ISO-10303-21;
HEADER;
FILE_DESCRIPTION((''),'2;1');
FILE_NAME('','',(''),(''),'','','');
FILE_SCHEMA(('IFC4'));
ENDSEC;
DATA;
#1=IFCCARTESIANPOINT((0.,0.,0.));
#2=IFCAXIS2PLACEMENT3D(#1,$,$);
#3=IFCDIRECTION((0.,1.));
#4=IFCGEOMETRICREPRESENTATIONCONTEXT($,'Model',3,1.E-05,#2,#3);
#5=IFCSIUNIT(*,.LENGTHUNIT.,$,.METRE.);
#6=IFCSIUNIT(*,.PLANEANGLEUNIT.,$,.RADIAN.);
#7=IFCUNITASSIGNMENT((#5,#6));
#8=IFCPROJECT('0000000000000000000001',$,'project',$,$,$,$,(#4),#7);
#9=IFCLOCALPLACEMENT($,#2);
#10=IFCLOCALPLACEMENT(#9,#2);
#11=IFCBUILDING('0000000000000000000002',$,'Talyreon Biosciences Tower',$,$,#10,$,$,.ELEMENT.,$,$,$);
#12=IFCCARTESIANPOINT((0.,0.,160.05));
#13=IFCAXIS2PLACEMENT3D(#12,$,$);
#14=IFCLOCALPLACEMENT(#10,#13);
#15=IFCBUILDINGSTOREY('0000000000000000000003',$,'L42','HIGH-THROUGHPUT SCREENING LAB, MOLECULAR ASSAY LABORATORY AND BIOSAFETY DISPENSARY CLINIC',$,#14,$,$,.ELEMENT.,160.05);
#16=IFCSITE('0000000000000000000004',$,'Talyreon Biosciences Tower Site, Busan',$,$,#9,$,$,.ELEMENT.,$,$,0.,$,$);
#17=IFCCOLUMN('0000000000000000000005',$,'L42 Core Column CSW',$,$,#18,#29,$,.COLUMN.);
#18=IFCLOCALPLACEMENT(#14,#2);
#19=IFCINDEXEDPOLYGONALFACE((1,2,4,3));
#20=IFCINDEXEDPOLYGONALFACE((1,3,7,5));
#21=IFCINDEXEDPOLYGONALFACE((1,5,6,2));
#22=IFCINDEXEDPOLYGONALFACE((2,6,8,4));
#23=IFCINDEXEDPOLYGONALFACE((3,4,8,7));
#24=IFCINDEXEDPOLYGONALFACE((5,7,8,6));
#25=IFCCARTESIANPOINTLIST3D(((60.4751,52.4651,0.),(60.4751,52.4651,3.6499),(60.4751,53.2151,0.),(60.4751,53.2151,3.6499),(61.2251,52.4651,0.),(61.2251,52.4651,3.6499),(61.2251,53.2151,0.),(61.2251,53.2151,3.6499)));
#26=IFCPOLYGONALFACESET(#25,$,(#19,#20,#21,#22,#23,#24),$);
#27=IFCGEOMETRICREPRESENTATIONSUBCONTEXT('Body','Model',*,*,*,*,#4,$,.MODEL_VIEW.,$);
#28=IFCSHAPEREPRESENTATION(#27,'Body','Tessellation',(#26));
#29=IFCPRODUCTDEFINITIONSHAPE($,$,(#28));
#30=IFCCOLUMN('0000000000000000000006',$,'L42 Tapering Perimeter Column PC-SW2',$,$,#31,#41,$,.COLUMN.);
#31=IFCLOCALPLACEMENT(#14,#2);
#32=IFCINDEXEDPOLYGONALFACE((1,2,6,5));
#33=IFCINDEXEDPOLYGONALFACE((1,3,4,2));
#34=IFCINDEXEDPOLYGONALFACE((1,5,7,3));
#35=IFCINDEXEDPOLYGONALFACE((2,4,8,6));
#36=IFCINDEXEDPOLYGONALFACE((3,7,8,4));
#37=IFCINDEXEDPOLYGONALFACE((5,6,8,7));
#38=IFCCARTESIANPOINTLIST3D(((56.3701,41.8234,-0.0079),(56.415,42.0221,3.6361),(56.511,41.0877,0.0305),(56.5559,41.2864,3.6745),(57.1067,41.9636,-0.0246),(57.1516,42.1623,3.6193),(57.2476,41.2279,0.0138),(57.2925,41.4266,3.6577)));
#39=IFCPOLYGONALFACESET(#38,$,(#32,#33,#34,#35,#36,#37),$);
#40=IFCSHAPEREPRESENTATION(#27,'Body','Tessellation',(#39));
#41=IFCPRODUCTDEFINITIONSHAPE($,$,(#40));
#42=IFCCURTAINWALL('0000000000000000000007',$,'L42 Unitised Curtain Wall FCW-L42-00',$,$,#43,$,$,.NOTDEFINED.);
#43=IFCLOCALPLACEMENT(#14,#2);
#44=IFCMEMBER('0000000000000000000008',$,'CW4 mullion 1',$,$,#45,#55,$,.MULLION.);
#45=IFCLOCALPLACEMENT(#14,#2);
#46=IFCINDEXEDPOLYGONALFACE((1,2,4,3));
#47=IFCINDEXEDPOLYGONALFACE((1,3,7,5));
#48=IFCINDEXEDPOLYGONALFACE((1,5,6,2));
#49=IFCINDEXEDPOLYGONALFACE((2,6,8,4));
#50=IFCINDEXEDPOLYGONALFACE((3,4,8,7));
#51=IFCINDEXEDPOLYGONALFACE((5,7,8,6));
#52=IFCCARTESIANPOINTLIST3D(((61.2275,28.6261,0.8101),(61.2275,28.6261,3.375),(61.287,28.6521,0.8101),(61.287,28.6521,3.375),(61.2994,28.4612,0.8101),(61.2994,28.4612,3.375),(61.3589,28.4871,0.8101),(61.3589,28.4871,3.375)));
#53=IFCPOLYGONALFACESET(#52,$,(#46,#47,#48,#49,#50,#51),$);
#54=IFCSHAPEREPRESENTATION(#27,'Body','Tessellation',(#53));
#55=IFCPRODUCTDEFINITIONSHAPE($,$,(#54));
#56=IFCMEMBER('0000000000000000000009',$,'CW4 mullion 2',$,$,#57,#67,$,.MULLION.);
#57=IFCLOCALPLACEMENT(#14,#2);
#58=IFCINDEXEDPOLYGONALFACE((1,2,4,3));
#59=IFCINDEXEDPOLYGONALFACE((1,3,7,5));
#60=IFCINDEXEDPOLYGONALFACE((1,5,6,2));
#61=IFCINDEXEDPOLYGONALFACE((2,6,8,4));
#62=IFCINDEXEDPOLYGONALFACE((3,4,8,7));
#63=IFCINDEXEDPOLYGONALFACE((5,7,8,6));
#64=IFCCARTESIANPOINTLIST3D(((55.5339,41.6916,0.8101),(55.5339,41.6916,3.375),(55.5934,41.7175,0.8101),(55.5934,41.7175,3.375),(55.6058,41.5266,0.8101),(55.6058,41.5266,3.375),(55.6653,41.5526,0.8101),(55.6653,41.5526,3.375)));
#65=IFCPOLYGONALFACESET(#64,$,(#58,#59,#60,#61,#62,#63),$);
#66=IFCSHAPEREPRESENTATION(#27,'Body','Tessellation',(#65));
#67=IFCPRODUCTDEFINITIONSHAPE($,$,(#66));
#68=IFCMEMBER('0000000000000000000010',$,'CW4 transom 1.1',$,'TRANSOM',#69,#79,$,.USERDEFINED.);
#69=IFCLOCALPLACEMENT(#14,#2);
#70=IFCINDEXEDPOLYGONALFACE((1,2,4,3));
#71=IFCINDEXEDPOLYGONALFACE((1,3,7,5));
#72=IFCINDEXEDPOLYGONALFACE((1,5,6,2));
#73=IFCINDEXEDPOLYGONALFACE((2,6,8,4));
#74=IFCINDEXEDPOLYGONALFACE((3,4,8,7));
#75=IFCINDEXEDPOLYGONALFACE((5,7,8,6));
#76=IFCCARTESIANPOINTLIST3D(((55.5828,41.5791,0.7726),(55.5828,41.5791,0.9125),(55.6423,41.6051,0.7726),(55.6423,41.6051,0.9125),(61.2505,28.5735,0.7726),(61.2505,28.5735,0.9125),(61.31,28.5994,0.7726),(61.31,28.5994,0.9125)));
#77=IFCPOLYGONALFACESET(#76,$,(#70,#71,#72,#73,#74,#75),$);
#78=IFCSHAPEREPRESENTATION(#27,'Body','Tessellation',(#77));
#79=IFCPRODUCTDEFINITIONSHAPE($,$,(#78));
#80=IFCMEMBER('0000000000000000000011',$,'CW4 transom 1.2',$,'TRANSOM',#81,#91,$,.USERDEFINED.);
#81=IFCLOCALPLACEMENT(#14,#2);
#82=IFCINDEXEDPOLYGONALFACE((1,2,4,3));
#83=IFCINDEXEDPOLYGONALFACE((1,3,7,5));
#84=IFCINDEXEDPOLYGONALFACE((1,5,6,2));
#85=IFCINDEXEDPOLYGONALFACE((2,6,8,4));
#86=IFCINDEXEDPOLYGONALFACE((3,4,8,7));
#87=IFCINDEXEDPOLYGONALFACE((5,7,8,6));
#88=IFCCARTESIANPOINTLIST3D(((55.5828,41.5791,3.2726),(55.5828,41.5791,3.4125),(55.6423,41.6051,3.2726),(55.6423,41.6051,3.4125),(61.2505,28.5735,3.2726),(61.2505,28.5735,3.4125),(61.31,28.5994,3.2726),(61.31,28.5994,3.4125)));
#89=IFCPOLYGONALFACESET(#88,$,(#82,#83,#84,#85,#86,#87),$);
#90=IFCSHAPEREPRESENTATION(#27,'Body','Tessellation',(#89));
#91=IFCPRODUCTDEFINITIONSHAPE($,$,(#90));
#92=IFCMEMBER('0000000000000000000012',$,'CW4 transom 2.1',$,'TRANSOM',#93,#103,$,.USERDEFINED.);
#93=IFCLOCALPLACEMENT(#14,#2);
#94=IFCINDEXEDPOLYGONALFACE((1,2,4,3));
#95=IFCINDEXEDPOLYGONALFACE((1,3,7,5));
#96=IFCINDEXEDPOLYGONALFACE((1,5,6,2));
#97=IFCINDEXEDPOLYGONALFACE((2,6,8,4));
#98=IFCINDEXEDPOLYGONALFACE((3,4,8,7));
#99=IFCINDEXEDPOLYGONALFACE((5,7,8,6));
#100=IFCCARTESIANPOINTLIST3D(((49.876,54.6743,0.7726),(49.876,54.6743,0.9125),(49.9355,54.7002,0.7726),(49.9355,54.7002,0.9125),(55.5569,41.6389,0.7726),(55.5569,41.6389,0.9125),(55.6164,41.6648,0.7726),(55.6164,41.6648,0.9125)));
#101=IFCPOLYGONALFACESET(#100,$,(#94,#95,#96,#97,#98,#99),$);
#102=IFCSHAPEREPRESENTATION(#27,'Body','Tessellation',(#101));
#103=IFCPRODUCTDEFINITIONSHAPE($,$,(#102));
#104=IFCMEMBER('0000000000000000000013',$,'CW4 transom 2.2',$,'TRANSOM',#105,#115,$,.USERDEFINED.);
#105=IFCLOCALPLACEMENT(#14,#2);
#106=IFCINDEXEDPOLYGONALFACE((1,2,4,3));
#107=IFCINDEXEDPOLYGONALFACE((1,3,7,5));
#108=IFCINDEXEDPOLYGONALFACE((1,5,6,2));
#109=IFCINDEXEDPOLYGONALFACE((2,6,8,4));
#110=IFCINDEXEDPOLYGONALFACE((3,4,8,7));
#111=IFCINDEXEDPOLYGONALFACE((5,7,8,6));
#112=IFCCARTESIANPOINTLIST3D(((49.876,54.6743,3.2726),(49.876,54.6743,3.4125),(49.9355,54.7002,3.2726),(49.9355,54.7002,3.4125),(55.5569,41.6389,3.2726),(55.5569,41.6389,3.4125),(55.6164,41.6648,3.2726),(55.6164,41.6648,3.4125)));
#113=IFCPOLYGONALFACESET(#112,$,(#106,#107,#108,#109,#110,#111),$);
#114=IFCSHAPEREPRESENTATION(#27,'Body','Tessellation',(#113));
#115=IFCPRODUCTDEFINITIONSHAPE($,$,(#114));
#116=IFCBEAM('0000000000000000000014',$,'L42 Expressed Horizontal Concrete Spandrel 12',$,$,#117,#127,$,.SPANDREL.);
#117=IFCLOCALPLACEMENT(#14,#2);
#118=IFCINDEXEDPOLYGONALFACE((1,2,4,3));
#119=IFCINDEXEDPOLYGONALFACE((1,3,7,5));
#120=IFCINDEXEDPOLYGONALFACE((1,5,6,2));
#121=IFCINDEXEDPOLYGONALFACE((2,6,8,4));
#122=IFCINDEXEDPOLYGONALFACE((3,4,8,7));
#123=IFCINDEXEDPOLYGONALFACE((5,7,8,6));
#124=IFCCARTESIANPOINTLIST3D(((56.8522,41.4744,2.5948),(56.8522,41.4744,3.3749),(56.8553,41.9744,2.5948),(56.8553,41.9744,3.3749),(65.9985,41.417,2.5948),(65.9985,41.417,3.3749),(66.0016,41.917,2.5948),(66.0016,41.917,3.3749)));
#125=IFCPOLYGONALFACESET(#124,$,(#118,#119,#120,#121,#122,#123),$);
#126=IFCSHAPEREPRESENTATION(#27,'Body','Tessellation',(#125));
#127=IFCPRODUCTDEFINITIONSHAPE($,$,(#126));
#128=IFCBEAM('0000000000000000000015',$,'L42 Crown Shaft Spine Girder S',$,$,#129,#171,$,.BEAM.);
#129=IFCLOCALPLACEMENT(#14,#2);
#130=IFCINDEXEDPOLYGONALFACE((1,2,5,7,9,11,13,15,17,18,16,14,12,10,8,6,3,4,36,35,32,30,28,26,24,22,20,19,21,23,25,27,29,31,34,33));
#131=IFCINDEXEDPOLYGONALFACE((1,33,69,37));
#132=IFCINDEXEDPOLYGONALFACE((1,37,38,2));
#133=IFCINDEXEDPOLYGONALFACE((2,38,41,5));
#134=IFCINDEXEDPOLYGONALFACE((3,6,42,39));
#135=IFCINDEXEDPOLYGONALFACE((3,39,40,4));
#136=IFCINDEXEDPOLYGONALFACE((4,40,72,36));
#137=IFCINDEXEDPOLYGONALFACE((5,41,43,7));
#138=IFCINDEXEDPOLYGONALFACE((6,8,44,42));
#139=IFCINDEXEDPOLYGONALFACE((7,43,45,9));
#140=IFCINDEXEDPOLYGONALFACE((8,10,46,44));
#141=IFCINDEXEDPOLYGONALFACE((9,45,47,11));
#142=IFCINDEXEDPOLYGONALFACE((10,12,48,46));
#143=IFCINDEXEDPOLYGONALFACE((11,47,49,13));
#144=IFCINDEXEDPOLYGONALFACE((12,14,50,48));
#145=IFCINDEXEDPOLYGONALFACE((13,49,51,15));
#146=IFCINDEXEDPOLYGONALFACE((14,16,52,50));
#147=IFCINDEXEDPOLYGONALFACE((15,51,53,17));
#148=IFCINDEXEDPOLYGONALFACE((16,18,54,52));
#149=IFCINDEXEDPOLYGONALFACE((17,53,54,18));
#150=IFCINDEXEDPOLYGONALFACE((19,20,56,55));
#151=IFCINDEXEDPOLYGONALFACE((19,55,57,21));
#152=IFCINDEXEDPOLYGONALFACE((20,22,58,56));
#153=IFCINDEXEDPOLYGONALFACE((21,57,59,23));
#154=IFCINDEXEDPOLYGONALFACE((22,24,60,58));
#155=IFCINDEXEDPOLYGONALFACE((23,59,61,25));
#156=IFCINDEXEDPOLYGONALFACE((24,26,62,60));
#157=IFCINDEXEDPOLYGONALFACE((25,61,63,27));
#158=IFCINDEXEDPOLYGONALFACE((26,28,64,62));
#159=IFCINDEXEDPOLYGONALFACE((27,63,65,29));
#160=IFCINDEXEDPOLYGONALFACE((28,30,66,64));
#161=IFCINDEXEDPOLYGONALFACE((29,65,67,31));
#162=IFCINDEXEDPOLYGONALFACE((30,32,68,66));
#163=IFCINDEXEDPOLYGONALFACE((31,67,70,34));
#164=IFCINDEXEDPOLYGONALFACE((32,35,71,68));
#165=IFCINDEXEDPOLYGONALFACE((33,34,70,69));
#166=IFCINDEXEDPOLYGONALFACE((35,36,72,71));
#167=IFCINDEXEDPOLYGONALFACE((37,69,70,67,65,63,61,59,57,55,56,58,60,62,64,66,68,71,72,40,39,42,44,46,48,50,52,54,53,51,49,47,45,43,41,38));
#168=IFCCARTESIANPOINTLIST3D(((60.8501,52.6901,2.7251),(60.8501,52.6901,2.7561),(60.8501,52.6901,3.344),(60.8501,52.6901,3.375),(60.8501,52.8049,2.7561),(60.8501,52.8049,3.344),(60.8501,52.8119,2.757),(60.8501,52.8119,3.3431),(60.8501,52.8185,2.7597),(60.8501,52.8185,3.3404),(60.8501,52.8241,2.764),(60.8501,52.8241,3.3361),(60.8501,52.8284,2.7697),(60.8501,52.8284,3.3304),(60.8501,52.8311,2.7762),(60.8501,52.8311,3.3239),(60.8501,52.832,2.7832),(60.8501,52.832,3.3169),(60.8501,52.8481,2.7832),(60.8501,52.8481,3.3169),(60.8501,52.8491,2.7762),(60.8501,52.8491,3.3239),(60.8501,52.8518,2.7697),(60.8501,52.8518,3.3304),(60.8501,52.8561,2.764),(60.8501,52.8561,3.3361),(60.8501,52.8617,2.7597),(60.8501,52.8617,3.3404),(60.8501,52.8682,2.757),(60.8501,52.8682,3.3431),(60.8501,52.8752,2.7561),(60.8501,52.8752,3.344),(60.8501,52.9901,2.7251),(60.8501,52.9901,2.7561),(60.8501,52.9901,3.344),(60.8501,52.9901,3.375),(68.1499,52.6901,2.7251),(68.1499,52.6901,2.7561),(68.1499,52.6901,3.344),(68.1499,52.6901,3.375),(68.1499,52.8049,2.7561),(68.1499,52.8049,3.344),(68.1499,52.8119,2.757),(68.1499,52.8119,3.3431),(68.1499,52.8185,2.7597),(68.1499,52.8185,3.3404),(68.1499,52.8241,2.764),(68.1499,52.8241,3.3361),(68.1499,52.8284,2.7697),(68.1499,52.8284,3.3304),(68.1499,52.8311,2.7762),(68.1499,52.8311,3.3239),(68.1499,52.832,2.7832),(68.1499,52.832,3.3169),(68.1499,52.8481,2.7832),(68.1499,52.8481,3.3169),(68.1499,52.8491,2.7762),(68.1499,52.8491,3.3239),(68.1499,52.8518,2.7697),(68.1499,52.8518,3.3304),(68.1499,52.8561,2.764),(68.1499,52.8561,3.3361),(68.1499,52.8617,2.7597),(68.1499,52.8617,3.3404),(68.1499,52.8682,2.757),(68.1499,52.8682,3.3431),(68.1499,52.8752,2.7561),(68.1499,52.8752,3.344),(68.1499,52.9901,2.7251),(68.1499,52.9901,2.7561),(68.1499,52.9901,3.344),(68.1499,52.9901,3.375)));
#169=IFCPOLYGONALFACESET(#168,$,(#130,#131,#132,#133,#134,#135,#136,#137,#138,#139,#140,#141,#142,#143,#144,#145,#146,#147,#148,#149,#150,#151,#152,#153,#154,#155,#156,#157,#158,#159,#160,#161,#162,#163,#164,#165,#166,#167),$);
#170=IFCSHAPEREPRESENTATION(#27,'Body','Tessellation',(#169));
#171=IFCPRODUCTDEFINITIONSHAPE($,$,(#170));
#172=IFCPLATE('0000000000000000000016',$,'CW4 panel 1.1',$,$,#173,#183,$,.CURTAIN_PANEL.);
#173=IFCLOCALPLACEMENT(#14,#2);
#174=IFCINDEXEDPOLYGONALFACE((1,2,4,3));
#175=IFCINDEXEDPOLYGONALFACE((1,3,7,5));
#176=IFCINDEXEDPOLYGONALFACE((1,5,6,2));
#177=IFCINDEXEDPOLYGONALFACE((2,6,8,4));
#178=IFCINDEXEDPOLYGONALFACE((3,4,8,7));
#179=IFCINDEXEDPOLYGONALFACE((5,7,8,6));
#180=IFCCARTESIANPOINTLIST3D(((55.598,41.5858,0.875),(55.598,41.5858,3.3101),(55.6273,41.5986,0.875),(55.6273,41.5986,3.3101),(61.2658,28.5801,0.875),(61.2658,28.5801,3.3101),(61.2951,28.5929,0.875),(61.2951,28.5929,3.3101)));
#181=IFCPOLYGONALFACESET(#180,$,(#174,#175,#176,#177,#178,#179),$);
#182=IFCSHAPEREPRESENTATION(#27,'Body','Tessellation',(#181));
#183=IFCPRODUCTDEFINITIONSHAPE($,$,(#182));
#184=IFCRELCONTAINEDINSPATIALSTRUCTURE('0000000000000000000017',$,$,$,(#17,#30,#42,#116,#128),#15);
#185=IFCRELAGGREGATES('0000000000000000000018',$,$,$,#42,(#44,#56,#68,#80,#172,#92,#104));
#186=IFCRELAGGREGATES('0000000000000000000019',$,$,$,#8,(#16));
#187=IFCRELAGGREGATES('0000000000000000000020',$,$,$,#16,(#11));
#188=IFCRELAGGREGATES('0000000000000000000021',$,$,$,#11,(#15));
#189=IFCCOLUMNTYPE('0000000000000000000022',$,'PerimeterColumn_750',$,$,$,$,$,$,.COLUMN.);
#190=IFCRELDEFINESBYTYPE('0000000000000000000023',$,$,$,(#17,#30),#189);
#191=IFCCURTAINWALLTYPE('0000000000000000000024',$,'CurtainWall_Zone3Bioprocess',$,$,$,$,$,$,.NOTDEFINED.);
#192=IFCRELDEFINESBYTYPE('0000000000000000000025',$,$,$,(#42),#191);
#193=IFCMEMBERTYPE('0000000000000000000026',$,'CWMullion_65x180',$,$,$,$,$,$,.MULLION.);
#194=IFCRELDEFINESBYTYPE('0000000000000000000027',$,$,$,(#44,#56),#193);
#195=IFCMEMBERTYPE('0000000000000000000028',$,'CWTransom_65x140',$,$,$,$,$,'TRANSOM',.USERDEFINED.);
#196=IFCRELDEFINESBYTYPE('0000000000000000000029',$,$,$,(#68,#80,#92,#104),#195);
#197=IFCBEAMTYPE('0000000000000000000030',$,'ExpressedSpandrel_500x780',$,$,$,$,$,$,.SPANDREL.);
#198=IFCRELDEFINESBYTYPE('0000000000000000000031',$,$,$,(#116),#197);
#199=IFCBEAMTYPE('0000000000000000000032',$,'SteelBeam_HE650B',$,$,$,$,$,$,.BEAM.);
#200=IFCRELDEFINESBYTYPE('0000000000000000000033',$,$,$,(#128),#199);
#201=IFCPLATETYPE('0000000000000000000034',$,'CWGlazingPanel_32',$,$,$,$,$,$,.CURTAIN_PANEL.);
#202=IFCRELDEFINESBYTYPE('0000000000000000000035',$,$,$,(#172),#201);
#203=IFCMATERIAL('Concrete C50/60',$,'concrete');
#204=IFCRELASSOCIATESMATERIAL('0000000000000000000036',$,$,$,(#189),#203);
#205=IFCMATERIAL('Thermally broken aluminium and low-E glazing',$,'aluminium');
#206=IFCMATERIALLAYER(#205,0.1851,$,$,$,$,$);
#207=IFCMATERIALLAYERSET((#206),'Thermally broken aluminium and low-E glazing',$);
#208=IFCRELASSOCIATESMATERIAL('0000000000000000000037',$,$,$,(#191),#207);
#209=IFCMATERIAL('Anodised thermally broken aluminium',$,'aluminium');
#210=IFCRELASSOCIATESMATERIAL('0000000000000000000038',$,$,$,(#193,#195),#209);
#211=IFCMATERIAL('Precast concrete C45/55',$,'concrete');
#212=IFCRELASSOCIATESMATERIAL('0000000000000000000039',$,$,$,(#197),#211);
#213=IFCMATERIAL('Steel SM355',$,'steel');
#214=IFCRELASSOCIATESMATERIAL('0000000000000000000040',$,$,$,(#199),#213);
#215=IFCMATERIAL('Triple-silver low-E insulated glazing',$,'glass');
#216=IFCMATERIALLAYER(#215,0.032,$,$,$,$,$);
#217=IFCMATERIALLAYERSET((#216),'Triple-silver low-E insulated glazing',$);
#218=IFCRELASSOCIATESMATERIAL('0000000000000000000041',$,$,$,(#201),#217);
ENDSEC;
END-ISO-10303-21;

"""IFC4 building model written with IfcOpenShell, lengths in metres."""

from ifc_helpers import new_model, si_unit, direction, frame, origin, origin_2d, place, context, subcontext, project, spatial, rectangle, i_section, extrude, material, layer, layer_set, material_profile, profile_set, type_object, element, aggregate, save


model = new_model("IFC4")

# Units and contexts
model_context = context("Model", 3, precision=1e-05, world=origin(), true_north=direction((0.0, 1.0)))
body_context = subcontext(model_context, "Body", "Model", "MODEL_VIEW")
ifc_project = project(units=[si_unit("LENGTHUNIT", "METRE"), si_unit("PLANEANGLEUNIT", "RADIAN")], contexts=[model_context])

# Site, building, storey
site_placement = place(None, origin())
site = spatial("IfcSite", under=ifc_project, at=site_placement, Name="Talyreon Biosciences Tower Site, Busan", CompositionType="ELEMENT", RefElevation=0.0)
building_placement = place(site_placement, origin())
building = spatial("IfcBuilding", under=site, at=building_placement, Name="Talyreon Biosciences Tower", CompositionType="ELEMENT")
storey_placement = place(building_placement, frame((0.0, 0.0, 160.05)))
storey = spatial("IfcBuildingStorey", under=building, at=storey_placement, Name="L42", Description="HIGH-THROUGHPUT SCREENING LAB, MOLECULAR ASSAY LABORATORY AND BIOSAFETY DISPENSARY CLINIC", CompositionType="ELEMENT", Elevation=160.05)

# Columns
ifc_material_1 = material(Name="Concrete C50/60", Category="concrete")
ifc_material_profile_1 = material_profile(ifc_material_1, rectangle(XDim=0.75, YDim=0.75, at=origin_2d()), Name="RC 750x750")
ifc_profile_set_1 = profile_set([ifc_material_profile_1], Name="Concrete C50/60")
column_type = type_object("IfcColumnType", Name="PerimeterColumn_750", PredefinedType="COLUMN", material=ifc_profile_set_1)
column_1_placement = place(storey_placement, frame((60.8501, 52.8401, 0.0), z_axis=(0.0, 0.0, 1.0), x_axis=(1.0, 0.0, 0.0)))
element("IfcColumn", 1, at=column_1_placement, inside=storey, type_object=column_type, Name="L42 Core Column CSW", PredefinedType="COLUMN", context=body_context, shape_type="SweptSolid", body=[
    extrude(rectangle(XDim=0.75, YDim=0.75, at=origin_2d()), origin(), (0.0, 0.0, 1.0), 3.6499),
])
column_2_placement = place(storey_placement, frame((56.8088, 41.5256, 0.0029), z_axis=(0.012308, 0.054451, 0.998441), x_axis=(-0.187862, 0.980861, -0.051176)))
element("IfcColumn", 2, at=column_2_placement, inside=storey, type_object=column_type, Name="L42 Tapering Perimeter Column PC-SW2", PredefinedType="COLUMN", context=body_context, shape_type="SweptSolid", body=[
    extrude(rectangle(XDim=0.75, YDim=0.75, at=origin_2d()), origin(), (0.0, 0.0, 1.0), 3.6497),
])

# Curtain wall, members
ifc_material_2 = material(Name="Thermally broken aluminium and low-E glazing", Category="aluminium")
ifc_layer_1 = layer(ifc_material_2, 0.1851)
ifc_layer_set_1 = layer_set([ifc_layer_1], Name="Thermally broken aluminium and low-E glazing")
curtain_wall_type = type_object("IfcCurtainWallType", Name="CurtainWall_Zone3Bioprocess", PredefinedType="NOTDEFINED", material=ifc_layer_set_1)
curtain_wall_placement = place(storey_placement, origin())
curtain_wall = element("IfcCurtainWall", 3, at=curtain_wall_placement, inside=storey, type_object=curtain_wall_type, Name="L42 Unitised Curtain Wall FCW-L42-00", PredefinedType="NOTDEFINED")
ifc_material_3 = material(Name="Anodised thermally broken aluminium", Category="aluminium")
ifc_material_profile_2 = material_profile(ifc_material_3, rectangle(XDim=0.0649, YDim=0.1799, at=origin_2d()), Name="ALUM MULLION 65x180")
ifc_profile_set_2 = profile_set([ifc_material_profile_2], Name="Anodised thermally broken aluminium")
member_type_1 = type_object("IfcMemberType", Name="CWMullion_65x180", PredefinedType="MULLION", material=ifc_profile_set_2)
member_1_placement = place(storey_placement, frame((61.2932, 28.5566, 0.8101), z_axis=(0.0, 0.0, 1.0), x_axis=(-0.916731, -0.399505, 0.0)))
member_1 = element("IfcMember", 4, at=member_1_placement, type_object=member_type_1, Name="CW4 mullion 1", PredefinedType="MULLION", context=body_context, shape_type="SweptSolid", body=[
    extrude(rectangle(XDim=0.0649, YDim=0.1799, at=origin_2d()), origin(), (0.0, 0.0, 1.0), 2.5649),
])
member_2_placement = place(storey_placement, frame((55.5996, 41.6221, 0.8101), z_axis=(0.0, 0.0, 1.0), x_axis=(-0.916731, -0.399505, 0.0)))
member_2 = element("IfcMember", 5, at=member_2_placement, type_object=member_type_1, Name="CW4 mullion 2", PredefinedType="MULLION", context=body_context, shape_type="SweptSolid", body=[
    extrude(rectangle(XDim=0.0649, YDim=0.1799, at=origin_2d()), origin(), (0.0, 0.0, 1.0), 2.5649),
])
ifc_material_profile_3 = material_profile(ifc_material_3, rectangle(XDim=0.0649, YDim=0.1399, at=origin_2d()), Name="ALUM TRANSOM 65x140")
ifc_profile_set_3 = profile_set([ifc_material_profile_3], Name="Anodised thermally broken aluminium")
member_type_2 = type_object("IfcMemberType", Name="CWTransom_65x140", ElementType="TRANSOM", PredefinedType="USERDEFINED", material=ifc_profile_set_3)
member_3_placement = place(storey_placement, frame((61.2803, 28.5864, 0.8425), z_axis=(-0.399503, 0.916732, 0.0), x_axis=(-0.916732, -0.399503, 0.0)))
member_3 = element("IfcMember", 6, at=member_3_placement, type_object=member_type_2, Name="CW4 transom 1.1", ObjectType="TRANSOM", PredefinedType="USERDEFINED", context=body_context, shape_type="SweptSolid", body=[
    extrude(rectangle(XDim=0.0649, YDim=0.1399, at=origin_2d()), origin(), (0.0, 0.0, 1.0), 14.187),
])
member_4_placement = place(storey_placement, frame((61.2803, 28.5864, 3.3425), z_axis=(-0.399503, 0.916732, 0.0), x_axis=(-0.916732, -0.399503, 0.0)))
member_4 = element("IfcMember", 7, at=member_4_placement, type_object=member_type_2, Name="CW4 transom 1.2", ObjectType="TRANSOM", PredefinedType="USERDEFINED", context=body_context, shape_type="SweptSolid", body=[
    extrude(rectangle(XDim=0.0649, YDim=0.1399, at=origin_2d()), origin(), (0.0, 0.0, 1.0), 14.187),
])
member_5_placement = place(storey_placement, frame((55.5867, 41.6519, 0.8425), z_axis=(-0.399515, 0.916727, 0.0), x_axis=(-0.916727, -0.399515, 0.0)))
member_5 = element("IfcMember", 8, at=member_5_placement, type_object=member_type_2, Name="CW4 transom 2.1", ObjectType="TRANSOM", PredefinedType="USERDEFINED", context=body_context, shape_type="SweptSolid", body=[
    extrude(rectangle(XDim=0.0649, YDim=0.1399, at=origin_2d()), origin(), (0.0, 0.0, 1.0), 14.2195),
])
member_6_placement = place(storey_placement, frame((55.5867, 41.6519, 3.3425), z_axis=(-0.399515, 0.916727, 0.0), x_axis=(-0.916727, -0.399515, 0.0)))
member_6 = element("IfcMember", 9, at=member_6_placement, type_object=member_type_2, Name="CW4 transom 2.2", ObjectType="TRANSOM", PredefinedType="USERDEFINED", context=body_context, shape_type="SweptSolid", body=[
    extrude(rectangle(XDim=0.0649, YDim=0.1399, at=origin_2d()), origin(), (0.0, 0.0, 1.0), 14.2195),
])

# Beams
ifc_material_4 = material(Name="Precast concrete C45/55", Category="concrete")
ifc_material_profile_4 = material_profile(ifc_material_4, rectangle(XDim=0.5, YDim=0.78, at=origin_2d()), Name="RCB 500x780")
ifc_profile_set_4 = profile_set([ifc_material_profile_4], Name="Precast concrete C45/55")
beam_type_1 = type_object("IfcBeamType", Name="ExpressedSpandrel_500x780", PredefinedType="SPANDREL", material=ifc_profile_set_4)
beam_1_placement = place(storey_placement, frame((56.8538, 41.7244, 2.9849), z_axis=(0.99998, -0.006273, 0.0), x_axis=(0.006273, 0.99998, 0.0)))
element("IfcBeam", 10, at=beam_1_placement, inside=storey, type_object=beam_type_1, Name="L42 Expressed Horizontal Concrete Spandrel 12", PredefinedType="SPANDREL", context=body_context, shape_type="SweptSolid", body=[
    extrude(rectangle(XDim=0.5, YDim=0.78, at=origin_2d()), origin(), (0.0, 0.0, 1.0), 9.1465),
])
ifc_material_5 = material(Name="Steel SM355", Category="steel")
ifc_material_profile_5 = material_profile(ifc_material_5, i_section(OverallWidth=0.3, OverallDepth=0.6499, WebThickness=0.0161, FlangeThickness=0.031, FilletRadius=0.0271, at=origin_2d()), Name="HE650B")
ifc_profile_set_5 = profile_set([ifc_material_profile_5], Name="Steel SM355")
beam_type_2 = type_object("IfcBeamType", Name="SteelBeam_HE650B", PredefinedType="BEAM", material=ifc_profile_set_5)
beam_2_placement = place(storey_placement, frame((60.8501, 52.8401, 3.05), z_axis=(1.0, 0.0, 0.0), x_axis=(0.0, 1.0, 0.0)))
element("IfcBeam", 11, at=beam_2_placement, inside=storey, type_object=beam_type_2, Name="L42 Crown Shaft Spine Girder S", PredefinedType="BEAM", context=body_context, shape_type="SweptSolid", body=[
    extrude(i_section(OverallWidth=0.3, OverallDepth=0.6499, WebThickness=0.0161, FlangeThickness=0.031, FilletRadius=0.0271, at=origin_2d()), origin(), (0.0, 0.0, 1.0), 7.2998),
])

# Plate
ifc_material_6 = material(Name="Triple-silver low-E insulated glazing", Category="glass")
ifc_layer_2 = layer(ifc_material_6, 0.032)
ifc_layer_set_2 = layer_set([ifc_layer_2], Name="Triple-silver low-E insulated glazing")
plate_type_1 = type_object("IfcPlateType", Name="CWGlazingPanel_32", PredefinedType="CURTAIN_PANEL", material=ifc_layer_set_2)
plate_1_placement = place(storey_placement, frame((58.4465, 35.0894, 0.875), z_axis=(0.0, 0.0, 1.0), x_axis=(-0.399505, 0.916731, 0.0)))
plate_1 = element("IfcPlate", 12, at=plate_1_placement, type_object=plate_type_1, Name="CW4 panel 1.1", PredefinedType="CURTAIN_PANEL", context=body_context, shape_type="SweptSolid", body=[
    extrude(rectangle(XDim=14.187, YDim=0.032, at=origin_2d()), origin(), (0.0, 0.0, 1.0), 2.4351),
])
aggregate(curtain_wall, [member_1, member_2, member_3, member_4, plate_1, member_5, member_6])

save(model, "model.ifc")
